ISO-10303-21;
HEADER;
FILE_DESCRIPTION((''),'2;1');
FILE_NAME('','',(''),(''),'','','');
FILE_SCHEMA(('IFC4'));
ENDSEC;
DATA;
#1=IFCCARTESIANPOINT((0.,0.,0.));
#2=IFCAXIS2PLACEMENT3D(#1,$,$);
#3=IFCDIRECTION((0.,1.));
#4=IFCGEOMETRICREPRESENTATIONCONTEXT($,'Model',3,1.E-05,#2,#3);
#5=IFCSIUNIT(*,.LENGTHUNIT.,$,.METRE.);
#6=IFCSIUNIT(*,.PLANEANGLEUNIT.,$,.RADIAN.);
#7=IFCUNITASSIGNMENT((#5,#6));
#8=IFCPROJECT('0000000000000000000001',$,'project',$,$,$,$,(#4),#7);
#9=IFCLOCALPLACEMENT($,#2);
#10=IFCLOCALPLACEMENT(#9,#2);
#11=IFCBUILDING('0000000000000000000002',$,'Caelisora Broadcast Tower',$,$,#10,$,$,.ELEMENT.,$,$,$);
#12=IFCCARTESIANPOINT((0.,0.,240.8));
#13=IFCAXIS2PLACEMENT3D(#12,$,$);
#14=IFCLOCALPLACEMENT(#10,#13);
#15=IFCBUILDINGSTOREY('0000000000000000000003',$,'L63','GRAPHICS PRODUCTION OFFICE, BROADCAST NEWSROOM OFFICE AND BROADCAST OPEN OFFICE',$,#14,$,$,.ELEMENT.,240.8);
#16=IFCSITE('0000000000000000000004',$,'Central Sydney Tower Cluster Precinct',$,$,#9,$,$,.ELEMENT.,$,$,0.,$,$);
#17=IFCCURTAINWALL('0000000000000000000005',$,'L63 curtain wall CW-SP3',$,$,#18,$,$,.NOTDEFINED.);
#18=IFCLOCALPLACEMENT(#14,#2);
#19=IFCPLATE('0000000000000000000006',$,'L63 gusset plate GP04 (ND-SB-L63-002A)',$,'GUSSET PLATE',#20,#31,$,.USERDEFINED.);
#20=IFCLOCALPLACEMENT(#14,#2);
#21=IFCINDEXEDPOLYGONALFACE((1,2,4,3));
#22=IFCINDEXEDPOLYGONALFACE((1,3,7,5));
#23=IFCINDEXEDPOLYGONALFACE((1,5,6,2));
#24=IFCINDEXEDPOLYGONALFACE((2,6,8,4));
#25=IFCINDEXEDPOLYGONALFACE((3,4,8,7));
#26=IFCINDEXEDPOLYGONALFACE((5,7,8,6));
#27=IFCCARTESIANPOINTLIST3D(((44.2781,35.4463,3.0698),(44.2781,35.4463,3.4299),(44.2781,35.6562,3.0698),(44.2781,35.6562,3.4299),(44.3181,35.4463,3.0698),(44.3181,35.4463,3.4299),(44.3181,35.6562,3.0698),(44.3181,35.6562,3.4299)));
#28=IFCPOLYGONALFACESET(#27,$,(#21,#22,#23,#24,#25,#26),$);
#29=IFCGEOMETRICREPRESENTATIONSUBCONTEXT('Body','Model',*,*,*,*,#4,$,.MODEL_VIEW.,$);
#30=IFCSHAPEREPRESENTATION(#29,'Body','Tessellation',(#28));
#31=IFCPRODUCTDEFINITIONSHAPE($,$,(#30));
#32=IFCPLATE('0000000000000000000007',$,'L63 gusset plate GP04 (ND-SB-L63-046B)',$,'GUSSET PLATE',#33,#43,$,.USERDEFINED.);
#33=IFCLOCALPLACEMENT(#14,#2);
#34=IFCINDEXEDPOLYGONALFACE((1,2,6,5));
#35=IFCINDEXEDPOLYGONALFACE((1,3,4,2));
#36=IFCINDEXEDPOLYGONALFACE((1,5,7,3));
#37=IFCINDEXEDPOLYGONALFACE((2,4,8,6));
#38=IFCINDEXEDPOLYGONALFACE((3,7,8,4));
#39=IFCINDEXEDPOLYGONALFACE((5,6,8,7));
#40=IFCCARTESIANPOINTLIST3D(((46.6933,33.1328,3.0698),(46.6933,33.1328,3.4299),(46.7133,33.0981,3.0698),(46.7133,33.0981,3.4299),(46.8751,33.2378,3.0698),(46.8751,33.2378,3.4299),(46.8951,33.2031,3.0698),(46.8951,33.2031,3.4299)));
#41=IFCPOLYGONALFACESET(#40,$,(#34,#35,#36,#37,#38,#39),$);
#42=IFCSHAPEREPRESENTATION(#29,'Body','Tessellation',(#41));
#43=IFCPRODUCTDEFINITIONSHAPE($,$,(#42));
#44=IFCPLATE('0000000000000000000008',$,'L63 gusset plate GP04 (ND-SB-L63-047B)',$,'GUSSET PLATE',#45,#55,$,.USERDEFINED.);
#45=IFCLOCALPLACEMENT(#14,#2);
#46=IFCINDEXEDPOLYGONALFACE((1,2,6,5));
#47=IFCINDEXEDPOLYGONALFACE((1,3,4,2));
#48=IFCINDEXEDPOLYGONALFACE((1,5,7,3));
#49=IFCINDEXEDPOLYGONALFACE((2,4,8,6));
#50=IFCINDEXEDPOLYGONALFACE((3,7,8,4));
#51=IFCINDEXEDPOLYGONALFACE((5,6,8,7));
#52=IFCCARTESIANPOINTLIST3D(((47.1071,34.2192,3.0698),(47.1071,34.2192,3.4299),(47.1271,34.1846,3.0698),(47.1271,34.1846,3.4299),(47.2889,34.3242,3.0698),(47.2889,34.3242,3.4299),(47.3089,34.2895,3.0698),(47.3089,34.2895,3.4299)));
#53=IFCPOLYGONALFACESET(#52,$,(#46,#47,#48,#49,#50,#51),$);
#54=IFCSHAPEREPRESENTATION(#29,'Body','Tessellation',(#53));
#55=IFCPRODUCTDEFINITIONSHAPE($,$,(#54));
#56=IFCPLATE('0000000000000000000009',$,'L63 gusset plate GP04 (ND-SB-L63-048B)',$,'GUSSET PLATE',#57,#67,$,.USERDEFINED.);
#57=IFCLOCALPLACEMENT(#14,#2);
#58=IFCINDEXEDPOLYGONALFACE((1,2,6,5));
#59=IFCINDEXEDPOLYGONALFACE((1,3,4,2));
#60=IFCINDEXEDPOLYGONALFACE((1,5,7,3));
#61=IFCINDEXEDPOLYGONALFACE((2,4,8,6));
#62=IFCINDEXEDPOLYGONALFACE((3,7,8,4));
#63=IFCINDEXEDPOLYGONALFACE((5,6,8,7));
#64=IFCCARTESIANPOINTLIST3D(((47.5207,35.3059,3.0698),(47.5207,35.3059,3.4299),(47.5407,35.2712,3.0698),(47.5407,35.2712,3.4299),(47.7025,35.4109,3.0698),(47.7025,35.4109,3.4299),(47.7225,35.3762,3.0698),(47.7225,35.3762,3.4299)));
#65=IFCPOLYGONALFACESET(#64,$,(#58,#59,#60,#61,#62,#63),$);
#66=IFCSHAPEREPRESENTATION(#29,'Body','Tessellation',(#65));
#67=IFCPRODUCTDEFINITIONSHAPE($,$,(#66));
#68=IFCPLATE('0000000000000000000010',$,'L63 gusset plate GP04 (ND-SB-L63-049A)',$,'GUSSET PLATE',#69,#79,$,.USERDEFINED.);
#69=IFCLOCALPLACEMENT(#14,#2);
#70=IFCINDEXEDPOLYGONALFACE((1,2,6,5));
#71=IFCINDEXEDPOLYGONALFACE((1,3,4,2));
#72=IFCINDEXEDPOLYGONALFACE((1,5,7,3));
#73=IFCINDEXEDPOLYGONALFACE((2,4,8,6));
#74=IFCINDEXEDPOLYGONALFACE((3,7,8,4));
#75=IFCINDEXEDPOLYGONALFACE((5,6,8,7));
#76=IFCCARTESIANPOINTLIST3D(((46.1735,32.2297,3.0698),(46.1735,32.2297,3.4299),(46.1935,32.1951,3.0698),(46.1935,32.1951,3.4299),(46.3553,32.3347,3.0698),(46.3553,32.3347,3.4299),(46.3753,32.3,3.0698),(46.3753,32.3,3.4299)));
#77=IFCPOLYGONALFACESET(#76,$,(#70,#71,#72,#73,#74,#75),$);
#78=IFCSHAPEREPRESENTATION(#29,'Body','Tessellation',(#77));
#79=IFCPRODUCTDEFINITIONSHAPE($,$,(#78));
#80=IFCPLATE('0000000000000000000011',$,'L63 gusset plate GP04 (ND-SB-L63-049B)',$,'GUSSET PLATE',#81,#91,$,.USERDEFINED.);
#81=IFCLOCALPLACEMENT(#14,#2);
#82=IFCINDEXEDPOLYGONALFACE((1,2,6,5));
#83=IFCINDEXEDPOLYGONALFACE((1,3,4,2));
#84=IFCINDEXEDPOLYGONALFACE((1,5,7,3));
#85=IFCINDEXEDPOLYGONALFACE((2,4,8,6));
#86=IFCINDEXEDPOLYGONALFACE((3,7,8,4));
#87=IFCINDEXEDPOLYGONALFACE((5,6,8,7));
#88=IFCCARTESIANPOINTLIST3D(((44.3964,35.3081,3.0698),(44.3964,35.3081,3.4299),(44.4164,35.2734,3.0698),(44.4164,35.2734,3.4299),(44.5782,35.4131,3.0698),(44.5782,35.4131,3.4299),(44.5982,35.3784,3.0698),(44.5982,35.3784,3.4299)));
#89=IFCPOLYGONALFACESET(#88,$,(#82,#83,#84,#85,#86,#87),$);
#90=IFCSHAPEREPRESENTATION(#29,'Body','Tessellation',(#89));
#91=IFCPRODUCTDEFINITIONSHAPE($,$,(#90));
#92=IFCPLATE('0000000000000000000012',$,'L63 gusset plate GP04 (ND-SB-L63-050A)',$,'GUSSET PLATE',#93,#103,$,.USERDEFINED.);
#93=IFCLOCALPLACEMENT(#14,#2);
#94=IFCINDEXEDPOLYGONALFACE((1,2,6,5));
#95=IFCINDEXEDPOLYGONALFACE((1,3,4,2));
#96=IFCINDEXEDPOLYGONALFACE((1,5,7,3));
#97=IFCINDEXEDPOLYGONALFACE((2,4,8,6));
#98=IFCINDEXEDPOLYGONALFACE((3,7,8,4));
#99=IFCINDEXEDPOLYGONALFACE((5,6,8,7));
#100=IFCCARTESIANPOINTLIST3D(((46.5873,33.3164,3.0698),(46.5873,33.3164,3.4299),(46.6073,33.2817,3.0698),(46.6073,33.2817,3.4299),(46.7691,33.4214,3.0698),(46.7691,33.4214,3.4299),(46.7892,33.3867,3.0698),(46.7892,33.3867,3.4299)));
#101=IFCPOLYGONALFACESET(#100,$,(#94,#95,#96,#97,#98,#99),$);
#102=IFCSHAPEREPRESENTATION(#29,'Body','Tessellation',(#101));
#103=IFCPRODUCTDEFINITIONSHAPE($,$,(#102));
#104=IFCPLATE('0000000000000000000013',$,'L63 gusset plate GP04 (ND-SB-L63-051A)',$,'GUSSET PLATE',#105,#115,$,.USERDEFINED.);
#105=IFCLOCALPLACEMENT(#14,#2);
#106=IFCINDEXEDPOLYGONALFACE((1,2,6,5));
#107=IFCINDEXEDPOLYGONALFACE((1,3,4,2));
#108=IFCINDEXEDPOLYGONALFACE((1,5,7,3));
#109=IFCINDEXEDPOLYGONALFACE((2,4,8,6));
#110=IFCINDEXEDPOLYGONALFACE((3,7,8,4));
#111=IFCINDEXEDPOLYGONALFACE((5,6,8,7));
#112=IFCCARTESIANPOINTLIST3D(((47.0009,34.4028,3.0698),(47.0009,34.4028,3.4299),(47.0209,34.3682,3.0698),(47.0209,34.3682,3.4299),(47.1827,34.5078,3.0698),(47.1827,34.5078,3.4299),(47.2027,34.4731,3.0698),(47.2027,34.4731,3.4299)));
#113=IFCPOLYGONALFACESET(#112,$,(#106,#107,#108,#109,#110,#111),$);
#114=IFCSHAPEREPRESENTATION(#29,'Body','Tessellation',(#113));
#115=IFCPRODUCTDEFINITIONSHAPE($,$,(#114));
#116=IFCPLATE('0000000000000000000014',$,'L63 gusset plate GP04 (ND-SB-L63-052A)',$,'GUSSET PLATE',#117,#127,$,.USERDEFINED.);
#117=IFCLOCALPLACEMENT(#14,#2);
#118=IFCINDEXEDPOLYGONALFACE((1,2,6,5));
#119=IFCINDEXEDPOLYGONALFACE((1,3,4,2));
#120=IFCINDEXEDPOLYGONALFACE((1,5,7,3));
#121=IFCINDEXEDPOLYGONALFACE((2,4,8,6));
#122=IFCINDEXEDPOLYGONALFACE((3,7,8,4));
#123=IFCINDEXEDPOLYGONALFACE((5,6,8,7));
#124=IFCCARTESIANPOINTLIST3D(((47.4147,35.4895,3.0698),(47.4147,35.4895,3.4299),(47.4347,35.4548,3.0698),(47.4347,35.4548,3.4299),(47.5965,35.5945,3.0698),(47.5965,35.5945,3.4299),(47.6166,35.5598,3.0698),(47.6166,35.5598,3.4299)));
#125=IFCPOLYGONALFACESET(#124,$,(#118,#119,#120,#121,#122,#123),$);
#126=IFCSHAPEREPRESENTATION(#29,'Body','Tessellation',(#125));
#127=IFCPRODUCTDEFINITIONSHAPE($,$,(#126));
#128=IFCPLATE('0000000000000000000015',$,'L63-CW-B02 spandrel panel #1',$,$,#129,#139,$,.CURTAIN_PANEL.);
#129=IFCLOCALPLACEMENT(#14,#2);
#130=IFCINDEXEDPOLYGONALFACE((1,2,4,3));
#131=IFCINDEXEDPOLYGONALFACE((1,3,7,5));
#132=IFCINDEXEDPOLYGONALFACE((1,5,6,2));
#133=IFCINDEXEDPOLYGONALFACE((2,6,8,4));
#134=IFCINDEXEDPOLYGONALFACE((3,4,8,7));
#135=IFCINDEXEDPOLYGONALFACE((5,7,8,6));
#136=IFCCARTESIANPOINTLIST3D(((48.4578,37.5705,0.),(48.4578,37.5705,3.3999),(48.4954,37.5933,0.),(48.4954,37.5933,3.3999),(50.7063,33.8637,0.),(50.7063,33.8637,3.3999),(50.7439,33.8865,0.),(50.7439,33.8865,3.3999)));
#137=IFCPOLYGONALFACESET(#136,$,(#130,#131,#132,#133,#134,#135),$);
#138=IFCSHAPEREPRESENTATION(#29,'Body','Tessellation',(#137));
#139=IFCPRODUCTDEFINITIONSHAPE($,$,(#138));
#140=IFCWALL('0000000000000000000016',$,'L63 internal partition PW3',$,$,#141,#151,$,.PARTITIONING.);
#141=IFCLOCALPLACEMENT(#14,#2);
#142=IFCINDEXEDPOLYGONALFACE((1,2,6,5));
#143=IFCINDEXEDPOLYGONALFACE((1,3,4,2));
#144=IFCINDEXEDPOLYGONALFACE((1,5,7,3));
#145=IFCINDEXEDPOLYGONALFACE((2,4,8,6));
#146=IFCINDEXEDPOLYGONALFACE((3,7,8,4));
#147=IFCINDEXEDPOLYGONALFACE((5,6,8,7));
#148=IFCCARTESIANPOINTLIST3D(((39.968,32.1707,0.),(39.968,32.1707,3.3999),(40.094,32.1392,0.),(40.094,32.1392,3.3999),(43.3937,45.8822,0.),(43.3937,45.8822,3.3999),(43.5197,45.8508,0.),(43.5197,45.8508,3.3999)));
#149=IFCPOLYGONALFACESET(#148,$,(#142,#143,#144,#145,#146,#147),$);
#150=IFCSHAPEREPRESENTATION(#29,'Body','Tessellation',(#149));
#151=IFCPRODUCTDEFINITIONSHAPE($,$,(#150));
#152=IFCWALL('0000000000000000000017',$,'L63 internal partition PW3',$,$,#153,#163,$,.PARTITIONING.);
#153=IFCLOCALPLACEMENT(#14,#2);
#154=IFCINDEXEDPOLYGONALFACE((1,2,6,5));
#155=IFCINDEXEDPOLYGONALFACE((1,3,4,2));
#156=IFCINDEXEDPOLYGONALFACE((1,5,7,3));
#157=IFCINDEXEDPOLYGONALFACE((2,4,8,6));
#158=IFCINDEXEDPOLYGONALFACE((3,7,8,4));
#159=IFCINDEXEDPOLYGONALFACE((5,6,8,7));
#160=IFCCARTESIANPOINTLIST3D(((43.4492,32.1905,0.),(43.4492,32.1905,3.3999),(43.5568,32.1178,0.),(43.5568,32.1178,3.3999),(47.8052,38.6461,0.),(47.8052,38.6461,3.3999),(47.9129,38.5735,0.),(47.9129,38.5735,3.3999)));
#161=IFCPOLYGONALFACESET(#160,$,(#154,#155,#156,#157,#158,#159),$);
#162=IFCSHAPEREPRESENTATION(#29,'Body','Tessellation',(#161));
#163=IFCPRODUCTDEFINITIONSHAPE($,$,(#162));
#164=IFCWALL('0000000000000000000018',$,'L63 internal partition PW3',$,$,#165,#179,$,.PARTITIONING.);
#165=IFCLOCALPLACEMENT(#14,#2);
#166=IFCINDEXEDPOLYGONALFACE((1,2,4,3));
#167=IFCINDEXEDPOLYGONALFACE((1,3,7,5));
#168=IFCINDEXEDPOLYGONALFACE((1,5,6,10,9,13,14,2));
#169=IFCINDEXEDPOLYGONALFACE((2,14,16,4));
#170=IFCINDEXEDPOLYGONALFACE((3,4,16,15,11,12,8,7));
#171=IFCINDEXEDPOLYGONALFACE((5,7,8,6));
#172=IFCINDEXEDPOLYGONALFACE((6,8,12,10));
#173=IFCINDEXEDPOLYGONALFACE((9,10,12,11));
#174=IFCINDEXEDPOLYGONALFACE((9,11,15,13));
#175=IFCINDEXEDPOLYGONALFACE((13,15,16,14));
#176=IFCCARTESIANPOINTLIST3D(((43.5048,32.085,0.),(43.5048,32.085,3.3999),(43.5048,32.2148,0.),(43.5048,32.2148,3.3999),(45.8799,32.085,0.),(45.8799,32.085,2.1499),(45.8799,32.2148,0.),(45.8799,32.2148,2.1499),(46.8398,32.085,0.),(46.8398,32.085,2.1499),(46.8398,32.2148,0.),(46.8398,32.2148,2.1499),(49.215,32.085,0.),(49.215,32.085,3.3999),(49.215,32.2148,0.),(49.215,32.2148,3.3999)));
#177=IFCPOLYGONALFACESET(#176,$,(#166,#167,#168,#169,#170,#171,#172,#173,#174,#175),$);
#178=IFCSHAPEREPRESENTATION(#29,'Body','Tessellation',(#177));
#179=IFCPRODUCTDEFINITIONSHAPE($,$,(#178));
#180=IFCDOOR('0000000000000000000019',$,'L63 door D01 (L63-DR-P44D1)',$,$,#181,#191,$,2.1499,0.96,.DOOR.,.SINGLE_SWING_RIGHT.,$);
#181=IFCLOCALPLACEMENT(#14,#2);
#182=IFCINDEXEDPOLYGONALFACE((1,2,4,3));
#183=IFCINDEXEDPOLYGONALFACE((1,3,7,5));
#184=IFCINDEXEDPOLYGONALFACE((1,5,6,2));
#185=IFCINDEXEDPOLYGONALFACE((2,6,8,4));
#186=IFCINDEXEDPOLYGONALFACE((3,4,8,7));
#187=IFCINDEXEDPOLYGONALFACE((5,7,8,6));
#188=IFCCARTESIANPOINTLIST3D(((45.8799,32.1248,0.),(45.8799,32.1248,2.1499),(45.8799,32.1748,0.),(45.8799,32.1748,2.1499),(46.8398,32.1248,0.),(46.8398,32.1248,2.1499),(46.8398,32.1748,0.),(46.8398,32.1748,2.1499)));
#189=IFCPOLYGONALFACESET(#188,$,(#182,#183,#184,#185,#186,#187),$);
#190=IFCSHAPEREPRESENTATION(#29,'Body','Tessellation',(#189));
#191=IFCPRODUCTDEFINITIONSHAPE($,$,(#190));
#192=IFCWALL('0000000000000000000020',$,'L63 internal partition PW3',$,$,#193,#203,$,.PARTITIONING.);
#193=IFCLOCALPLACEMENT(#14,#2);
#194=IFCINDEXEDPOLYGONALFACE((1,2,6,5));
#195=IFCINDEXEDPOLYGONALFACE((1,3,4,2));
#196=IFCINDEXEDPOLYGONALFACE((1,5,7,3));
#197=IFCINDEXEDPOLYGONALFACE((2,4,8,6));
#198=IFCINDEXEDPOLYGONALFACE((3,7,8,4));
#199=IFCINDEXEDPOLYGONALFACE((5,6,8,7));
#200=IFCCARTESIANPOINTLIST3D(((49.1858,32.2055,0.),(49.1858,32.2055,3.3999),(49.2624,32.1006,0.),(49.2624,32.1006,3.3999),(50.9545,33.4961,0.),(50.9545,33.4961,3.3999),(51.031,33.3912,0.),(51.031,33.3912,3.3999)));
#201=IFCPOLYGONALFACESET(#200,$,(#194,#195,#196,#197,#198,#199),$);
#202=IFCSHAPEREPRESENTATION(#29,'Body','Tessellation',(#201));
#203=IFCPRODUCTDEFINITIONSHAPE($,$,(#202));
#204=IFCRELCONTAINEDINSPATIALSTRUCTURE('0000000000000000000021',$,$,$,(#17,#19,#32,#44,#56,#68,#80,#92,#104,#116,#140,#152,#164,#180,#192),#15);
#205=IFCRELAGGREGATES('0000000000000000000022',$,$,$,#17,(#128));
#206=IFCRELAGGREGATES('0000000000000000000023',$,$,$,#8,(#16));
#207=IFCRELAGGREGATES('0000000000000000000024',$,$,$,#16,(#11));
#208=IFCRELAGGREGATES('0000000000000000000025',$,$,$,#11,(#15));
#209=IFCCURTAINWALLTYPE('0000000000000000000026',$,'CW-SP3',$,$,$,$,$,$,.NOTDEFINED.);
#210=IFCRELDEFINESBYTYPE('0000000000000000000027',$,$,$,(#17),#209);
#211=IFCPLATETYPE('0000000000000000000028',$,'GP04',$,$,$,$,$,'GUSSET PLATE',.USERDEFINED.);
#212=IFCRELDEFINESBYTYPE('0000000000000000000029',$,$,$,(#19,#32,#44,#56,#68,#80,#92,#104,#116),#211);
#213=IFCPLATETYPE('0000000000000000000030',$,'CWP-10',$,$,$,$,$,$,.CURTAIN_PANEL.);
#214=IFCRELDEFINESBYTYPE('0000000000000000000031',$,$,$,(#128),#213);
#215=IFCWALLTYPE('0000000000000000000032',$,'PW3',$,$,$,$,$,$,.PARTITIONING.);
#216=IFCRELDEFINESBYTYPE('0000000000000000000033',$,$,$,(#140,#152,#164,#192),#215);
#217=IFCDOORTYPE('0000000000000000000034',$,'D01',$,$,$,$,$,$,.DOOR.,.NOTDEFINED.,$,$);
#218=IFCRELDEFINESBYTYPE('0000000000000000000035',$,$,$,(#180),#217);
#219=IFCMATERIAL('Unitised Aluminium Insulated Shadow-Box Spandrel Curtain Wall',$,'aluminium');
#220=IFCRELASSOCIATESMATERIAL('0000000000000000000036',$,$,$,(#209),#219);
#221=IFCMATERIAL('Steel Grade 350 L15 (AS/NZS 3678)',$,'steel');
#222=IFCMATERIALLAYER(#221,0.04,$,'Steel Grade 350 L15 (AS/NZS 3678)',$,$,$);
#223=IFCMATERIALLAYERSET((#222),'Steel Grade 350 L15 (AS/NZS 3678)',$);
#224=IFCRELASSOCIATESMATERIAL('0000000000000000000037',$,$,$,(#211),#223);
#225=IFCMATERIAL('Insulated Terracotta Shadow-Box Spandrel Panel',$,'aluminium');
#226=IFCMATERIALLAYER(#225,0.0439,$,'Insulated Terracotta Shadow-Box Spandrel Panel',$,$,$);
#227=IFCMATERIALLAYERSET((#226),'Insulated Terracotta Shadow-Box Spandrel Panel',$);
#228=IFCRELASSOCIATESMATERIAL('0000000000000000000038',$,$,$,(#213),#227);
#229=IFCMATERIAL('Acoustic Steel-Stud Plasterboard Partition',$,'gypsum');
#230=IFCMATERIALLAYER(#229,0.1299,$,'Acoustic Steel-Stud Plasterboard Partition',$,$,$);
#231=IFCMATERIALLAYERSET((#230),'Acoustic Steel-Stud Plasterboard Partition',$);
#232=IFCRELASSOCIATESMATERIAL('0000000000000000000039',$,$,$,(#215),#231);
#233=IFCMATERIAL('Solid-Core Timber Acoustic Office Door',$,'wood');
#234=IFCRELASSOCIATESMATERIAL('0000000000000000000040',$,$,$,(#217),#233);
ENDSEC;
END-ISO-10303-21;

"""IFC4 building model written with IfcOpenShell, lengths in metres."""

from ifc_helpers import new_model, si_unit, direction, frame, frame_2d, origin, origin_2d, place, context, subcontext, project, spatial, rectangle, extrude, source, transform, mapped, material, layer, layer_set, type_object, type_shapes, element, fill, aggregate, save


model = new_model("IFC4")

# Units and contexts
model_context = context("Model", 3, precision=1e-05, world=origin(), true_north=direction((0.0, 1.0)))
body_context = subcontext(model_context, "Body", "Model", "MODEL_VIEW")
ifc_project = project(units=[si_unit("LENGTHUNIT", "METRE"), si_unit("PLANEANGLEUNIT", "RADIAN")], contexts=[model_context])

# Site, building, storey
site_placement = place(None, origin())
site = spatial("IfcSite", under=ifc_project, at=site_placement, Name="Central Sydney Tower Cluster Precinct", CompositionType="ELEMENT", RefElevation=0.0)
building_placement = place(site_placement, origin())
building = spatial("IfcBuilding", under=site, at=building_placement, Name="Caelisora Broadcast Tower", CompositionType="ELEMENT")
storey_placement = place(building_placement, frame((0.0, 0.0, 240.8)))
storey = spatial("IfcBuildingStorey", under=building, at=storey_placement, Name="L63", Description="GRAPHICS PRODUCTION OFFICE, BROADCAST NEWSROOM OFFICE AND BROADCAST OPEN OFFICE", CompositionType="ELEMENT", Elevation=240.8)

# Shared definitions
ifc_material_1 = material(Name="Steel Grade 350 L15 (AS/NZS 3678)", Category="steel")

# Curtain wall
ifc_material_2 = material(Name="Unitised Aluminium Insulated Shadow-Box Spandrel Curtain Wall", Category="aluminium")
curtain_wall_type = type_object("IfcCurtainWallType", Name="CW-SP3", PredefinedType="NOTDEFINED", material=ifc_material_2)
curtain_wall_placement = place(storey_placement, origin())
curtain_wall = element("IfcCurtainWall", 1, at=curtain_wall_placement, inside=storey, type_object=curtain_wall_type, Name="L63 curtain wall CW-SP3", PredefinedType="NOTDEFINED")

# Plates
ifc_layer_1 = layer(ifc_material_1, 0.04, Name="Steel Grade 350 L15 (AS/NZS 3678)")
ifc_layer_set_1 = layer_set([ifc_layer_1], Name="Steel Grade 350 L15 (AS/NZS 3678)")
plate_type_1 = type_object("IfcPlateType", Name="GP04", ElementType="GUSSET PLATE", PredefinedType="USERDEFINED", material=ifc_layer_set_1)
shared_shape_1 = source(origin(), body_context, "Body", "SweptSolid", [
    extrude(rectangle(XDim=0.21, YDim=0.04, at=origin_2d()), origin(), (0.0, 0.0, 1.0), 0.3601),
])
for number, where, z_axis, x_axis, name in (
    (2, (44.2981, 35.5513, 3.0698), (0.0, 0.0, 1.0), (0.0, -1.0, 0.0), "L63 gusset plate GP04 (ND-SB-L63-002A)"),
    (3, (46.7942, 33.168, 3.0698), (0.0, 0.0, 1.0), (-0.866025, -0.5, 0.0), "L63 gusset plate GP04 (ND-SB-L63-046B)"),
    (4, (47.208, 34.2544, 3.0698), (0.0, 0.0, 1.0), (-0.866025, -0.5, 0.0), "L63 gusset plate GP04 (ND-SB-L63-047B)"),
    (5, (47.6216, 35.3411, 3.0698), (0.0, 0.0, 1.0), (-0.866025, -0.5, 0.0), "L63 gusset plate GP04 (ND-SB-L63-048B)"),
    (6, (46.2744, 32.2649, 3.0698), (0.0, 0.0, 1.0), (-0.866025, -0.5, 0.0), "L63 gusset plate GP04 (ND-SB-L63-049A)"),
    (7, (44.4973, 35.3433, 3.0698), (0.0, 0.0, 1.0), (-0.866025, -0.5, 0.0), "L63 gusset plate GP04 (ND-SB-L63-049B)"),
    (8, (46.6882, 33.3516, 3.0698), (0.0, 0.0, 1.0), (-0.866025, -0.5, 0.0), "L63 gusset plate GP04 (ND-SB-L63-050A)"),
    (9, (47.1018, 34.438, 3.0698), (0.0, 0.0, 1.0), (-0.866025, -0.5, 0.0), "L63 gusset plate GP04 (ND-SB-L63-051A)"),
    (10, (47.5156, 35.5247, 3.0698), (0.0, 0.0, 1.0), (-0.866025, -0.5, 0.0), "L63 gusset plate GP04 (ND-SB-L63-052A)"),
):
    element("IfcPlate", number, at=place(storey_placement, frame(where, z_axis=z_axis, x_axis=x_axis)), inside=storey, type_object=plate_type_1, Name=name, ObjectType="GUSSET PLATE", PredefinedType="USERDEFINED", context=body_context, shape_type="MappedRepresentation", body=[
        mapped(shared_shape_1, transform((0.0, 0.0, 0.0), scale=1.0)),
    ])

# Plate
ifc_material_3 = material(Name="Insulated Terracotta Shadow-Box Spandrel Panel", Category="aluminium")
ifc_layer_2 = layer(ifc_material_3, 0.0439, Name="Insulated Terracotta Shadow-Box Spandrel Panel")
ifc_layer_set_2 = layer_set([ifc_layer_2], Name="Insulated Terracotta Shadow-Box Spandrel Panel")
plate_type_2 = type_object("IfcPlateType", Name="CWP-10", PredefinedType="CURTAIN_PANEL", material=ifc_layer_set_2)
shared_shape_2 = source(origin(), body_context, "Body", "SweptSolid", [
    extrude(rectangle(XDim=4.3354, YDim=0.0439, at=origin_2d()), origin(), (0.0, 0.0, 1.0), 3.3999),
])
type_shapes(plate_type_2, [shared_shape_2])
plate_1_placement = place(storey_placement, frame((49.6008, 35.7285, 0.0), z_axis=(0.0, 0.0, 1.0), x_axis=(0.518624, -0.855002, 0.0)))
plate_1 = element("IfcPlate", 11, at=plate_1_placement, type_object=plate_type_2, Name="L63-CW-B02 spandrel panel #1", PredefinedType="CURTAIN_PANEL", context=body_context, shape_type="MappedRepresentation", body=[
    mapped(shared_shape_2, transform((0.0, 0.0, 0.0), scale=1.0)),
])
aggregate(curtain_wall, [plate_1])

# Walls
ifc_material_4 = material(Name="Acoustic Steel-Stud Plasterboard Partition", Category="gypsum")
ifc_layer_3 = layer(ifc_material_4, 0.1299, Name="Acoustic Steel-Stud Plasterboard Partition")
ifc_layer_set_3 = layer_set([ifc_layer_3], Name="Acoustic Steel-Stud Plasterboard Partition")
wall_type_1 = type_object("IfcWallType", Name="PW3", PredefinedType="PARTITIONING", material=ifc_layer_set_3)
wall_1_placement = place(storey_placement, frame((40.031, 32.155, 0.0), z_axis=(0.0, 0.0, 1.0), x_axis=(0.242393, 0.970178, 0.0)))
element("IfcWall", 12, at=wall_1_placement, inside=storey, type_object=wall_type_1, Name="L63 internal partition PW3", PredefinedType="PARTITIONING", context=body_context, shape_type="SweptSolid", body=[
    extrude(rectangle(XDim=14.1331, YDim=0.1299, at=frame_2d((7.0664, 0.0))), origin(), (0.0, 0.0, 1.0), 3.3999),
])
wall_2_placement = place(storey_placement, frame((43.5029, 32.1541, 0.0), z_axis=(0.0, 0.0, 1.0), x_axis=(0.559336, 0.828941, 0.0)))
element("IfcWall", 13, at=wall_2_placement, inside=storey, type_object=wall_type_1, Name="L63 internal partition PW3", PredefinedType="PARTITIONING", context=body_context, shape_type="SweptSolid", body=[
    extrude(rectangle(XDim=7.7878, YDim=0.1299, at=frame_2d((3.894, 0.0))), origin(), (0.0, 0.0, 1.0), 3.3999),
])

# Wall, opening, door
wall_3_placement = place(storey_placement, frame((43.5049, 32.1499, 0.0), z_axis=(0.0, 0.0, 1.0), x_axis=(1.0, 0.0, 0.0)))
wall_3 = element("IfcWall", 14, at=wall_3_placement, inside=storey, type_object=wall_type_1, Name="L63 internal partition PW3", PredefinedType="PARTITIONING", context=body_context, shape_type="SweptSolid", body=[
    extrude(rectangle(XDim=5.7102, YDim=0.1299, at=frame_2d((2.855, 0.0))), origin(), (0.0, 0.0, 1.0), 3.3999),
])
opening_1_placement = place(wall_3_placement, frame((2.375, 0.0, 0.0)))
opening_1 = element("IfcOpeningElement", 15, at=opening_1_placement, cuts=wall_3, PredefinedType="OPENING", context=body_context, shape_type="SweptSolid", body=[
    extrude(rectangle(XDim=0.96, YDim=2.1499, at=frame_2d((0.48, 1.075))), frame((0.0, 0.0769, 0.0), z_axis=(0.0, -1.0, 0.0), x_axis=(1.0, 0.0, 0.0)), (0.0, 0.0, 1.0), 0.1538),
])
ifc_material_5 = material(Name="Solid-Core Timber Acoustic Office Door", Category="wood")
door_type = type_object("IfcDoorType", Name="D01", OperationType="NOTDEFINED", PredefinedType="DOOR", material=ifc_material_5)
door_1_placement = place(opening_1_placement, origin())
door_1 = element("IfcDoor", 16, at=door_1_placement, inside=storey, type_object=door_type, Name="L63 door D01 (L63-DR-P44D1)", OperationType="SINGLE_SWING_RIGHT", OverallHeight=2.1499, OverallWidth=0.96, PredefinedType="DOOR", context=body_context, shape_type="SweptSolid", body=[
    extrude(rectangle(XDim=0.96, YDim=2.1499, at=frame_2d((0.48, 1.075))), frame((0.0, 0.0249, 0.0), z_axis=(0.0, -1.0, 0.0), x_axis=(1.0, 0.0, 0.0)), (0.0, 0.0, 1.0), 0.05),
])
fill(opening_1, door_1)

# Wall
wall_4_placement = place(storey_placement, frame((49.2241, 32.1531, 0.0), z_axis=(0.0, 0.0, 1.0), x_axis=(0.8078, 0.589457, 0.0)))
element("IfcWall", 17, at=wall_4_placement, inside=storey, type_object=wall_type_1, Name="L63 internal partition PW3", PredefinedType="PARTITIONING", context=body_context, shape_type="SweptSolid", body=[
    extrude(rectangle(XDim=2.1895, YDim=0.1299, at=frame_2d((1.0947, 0.0))), origin(), (0.0, 0.0, 1.0), 3.3999),
])

save(model, "model.ifc")
